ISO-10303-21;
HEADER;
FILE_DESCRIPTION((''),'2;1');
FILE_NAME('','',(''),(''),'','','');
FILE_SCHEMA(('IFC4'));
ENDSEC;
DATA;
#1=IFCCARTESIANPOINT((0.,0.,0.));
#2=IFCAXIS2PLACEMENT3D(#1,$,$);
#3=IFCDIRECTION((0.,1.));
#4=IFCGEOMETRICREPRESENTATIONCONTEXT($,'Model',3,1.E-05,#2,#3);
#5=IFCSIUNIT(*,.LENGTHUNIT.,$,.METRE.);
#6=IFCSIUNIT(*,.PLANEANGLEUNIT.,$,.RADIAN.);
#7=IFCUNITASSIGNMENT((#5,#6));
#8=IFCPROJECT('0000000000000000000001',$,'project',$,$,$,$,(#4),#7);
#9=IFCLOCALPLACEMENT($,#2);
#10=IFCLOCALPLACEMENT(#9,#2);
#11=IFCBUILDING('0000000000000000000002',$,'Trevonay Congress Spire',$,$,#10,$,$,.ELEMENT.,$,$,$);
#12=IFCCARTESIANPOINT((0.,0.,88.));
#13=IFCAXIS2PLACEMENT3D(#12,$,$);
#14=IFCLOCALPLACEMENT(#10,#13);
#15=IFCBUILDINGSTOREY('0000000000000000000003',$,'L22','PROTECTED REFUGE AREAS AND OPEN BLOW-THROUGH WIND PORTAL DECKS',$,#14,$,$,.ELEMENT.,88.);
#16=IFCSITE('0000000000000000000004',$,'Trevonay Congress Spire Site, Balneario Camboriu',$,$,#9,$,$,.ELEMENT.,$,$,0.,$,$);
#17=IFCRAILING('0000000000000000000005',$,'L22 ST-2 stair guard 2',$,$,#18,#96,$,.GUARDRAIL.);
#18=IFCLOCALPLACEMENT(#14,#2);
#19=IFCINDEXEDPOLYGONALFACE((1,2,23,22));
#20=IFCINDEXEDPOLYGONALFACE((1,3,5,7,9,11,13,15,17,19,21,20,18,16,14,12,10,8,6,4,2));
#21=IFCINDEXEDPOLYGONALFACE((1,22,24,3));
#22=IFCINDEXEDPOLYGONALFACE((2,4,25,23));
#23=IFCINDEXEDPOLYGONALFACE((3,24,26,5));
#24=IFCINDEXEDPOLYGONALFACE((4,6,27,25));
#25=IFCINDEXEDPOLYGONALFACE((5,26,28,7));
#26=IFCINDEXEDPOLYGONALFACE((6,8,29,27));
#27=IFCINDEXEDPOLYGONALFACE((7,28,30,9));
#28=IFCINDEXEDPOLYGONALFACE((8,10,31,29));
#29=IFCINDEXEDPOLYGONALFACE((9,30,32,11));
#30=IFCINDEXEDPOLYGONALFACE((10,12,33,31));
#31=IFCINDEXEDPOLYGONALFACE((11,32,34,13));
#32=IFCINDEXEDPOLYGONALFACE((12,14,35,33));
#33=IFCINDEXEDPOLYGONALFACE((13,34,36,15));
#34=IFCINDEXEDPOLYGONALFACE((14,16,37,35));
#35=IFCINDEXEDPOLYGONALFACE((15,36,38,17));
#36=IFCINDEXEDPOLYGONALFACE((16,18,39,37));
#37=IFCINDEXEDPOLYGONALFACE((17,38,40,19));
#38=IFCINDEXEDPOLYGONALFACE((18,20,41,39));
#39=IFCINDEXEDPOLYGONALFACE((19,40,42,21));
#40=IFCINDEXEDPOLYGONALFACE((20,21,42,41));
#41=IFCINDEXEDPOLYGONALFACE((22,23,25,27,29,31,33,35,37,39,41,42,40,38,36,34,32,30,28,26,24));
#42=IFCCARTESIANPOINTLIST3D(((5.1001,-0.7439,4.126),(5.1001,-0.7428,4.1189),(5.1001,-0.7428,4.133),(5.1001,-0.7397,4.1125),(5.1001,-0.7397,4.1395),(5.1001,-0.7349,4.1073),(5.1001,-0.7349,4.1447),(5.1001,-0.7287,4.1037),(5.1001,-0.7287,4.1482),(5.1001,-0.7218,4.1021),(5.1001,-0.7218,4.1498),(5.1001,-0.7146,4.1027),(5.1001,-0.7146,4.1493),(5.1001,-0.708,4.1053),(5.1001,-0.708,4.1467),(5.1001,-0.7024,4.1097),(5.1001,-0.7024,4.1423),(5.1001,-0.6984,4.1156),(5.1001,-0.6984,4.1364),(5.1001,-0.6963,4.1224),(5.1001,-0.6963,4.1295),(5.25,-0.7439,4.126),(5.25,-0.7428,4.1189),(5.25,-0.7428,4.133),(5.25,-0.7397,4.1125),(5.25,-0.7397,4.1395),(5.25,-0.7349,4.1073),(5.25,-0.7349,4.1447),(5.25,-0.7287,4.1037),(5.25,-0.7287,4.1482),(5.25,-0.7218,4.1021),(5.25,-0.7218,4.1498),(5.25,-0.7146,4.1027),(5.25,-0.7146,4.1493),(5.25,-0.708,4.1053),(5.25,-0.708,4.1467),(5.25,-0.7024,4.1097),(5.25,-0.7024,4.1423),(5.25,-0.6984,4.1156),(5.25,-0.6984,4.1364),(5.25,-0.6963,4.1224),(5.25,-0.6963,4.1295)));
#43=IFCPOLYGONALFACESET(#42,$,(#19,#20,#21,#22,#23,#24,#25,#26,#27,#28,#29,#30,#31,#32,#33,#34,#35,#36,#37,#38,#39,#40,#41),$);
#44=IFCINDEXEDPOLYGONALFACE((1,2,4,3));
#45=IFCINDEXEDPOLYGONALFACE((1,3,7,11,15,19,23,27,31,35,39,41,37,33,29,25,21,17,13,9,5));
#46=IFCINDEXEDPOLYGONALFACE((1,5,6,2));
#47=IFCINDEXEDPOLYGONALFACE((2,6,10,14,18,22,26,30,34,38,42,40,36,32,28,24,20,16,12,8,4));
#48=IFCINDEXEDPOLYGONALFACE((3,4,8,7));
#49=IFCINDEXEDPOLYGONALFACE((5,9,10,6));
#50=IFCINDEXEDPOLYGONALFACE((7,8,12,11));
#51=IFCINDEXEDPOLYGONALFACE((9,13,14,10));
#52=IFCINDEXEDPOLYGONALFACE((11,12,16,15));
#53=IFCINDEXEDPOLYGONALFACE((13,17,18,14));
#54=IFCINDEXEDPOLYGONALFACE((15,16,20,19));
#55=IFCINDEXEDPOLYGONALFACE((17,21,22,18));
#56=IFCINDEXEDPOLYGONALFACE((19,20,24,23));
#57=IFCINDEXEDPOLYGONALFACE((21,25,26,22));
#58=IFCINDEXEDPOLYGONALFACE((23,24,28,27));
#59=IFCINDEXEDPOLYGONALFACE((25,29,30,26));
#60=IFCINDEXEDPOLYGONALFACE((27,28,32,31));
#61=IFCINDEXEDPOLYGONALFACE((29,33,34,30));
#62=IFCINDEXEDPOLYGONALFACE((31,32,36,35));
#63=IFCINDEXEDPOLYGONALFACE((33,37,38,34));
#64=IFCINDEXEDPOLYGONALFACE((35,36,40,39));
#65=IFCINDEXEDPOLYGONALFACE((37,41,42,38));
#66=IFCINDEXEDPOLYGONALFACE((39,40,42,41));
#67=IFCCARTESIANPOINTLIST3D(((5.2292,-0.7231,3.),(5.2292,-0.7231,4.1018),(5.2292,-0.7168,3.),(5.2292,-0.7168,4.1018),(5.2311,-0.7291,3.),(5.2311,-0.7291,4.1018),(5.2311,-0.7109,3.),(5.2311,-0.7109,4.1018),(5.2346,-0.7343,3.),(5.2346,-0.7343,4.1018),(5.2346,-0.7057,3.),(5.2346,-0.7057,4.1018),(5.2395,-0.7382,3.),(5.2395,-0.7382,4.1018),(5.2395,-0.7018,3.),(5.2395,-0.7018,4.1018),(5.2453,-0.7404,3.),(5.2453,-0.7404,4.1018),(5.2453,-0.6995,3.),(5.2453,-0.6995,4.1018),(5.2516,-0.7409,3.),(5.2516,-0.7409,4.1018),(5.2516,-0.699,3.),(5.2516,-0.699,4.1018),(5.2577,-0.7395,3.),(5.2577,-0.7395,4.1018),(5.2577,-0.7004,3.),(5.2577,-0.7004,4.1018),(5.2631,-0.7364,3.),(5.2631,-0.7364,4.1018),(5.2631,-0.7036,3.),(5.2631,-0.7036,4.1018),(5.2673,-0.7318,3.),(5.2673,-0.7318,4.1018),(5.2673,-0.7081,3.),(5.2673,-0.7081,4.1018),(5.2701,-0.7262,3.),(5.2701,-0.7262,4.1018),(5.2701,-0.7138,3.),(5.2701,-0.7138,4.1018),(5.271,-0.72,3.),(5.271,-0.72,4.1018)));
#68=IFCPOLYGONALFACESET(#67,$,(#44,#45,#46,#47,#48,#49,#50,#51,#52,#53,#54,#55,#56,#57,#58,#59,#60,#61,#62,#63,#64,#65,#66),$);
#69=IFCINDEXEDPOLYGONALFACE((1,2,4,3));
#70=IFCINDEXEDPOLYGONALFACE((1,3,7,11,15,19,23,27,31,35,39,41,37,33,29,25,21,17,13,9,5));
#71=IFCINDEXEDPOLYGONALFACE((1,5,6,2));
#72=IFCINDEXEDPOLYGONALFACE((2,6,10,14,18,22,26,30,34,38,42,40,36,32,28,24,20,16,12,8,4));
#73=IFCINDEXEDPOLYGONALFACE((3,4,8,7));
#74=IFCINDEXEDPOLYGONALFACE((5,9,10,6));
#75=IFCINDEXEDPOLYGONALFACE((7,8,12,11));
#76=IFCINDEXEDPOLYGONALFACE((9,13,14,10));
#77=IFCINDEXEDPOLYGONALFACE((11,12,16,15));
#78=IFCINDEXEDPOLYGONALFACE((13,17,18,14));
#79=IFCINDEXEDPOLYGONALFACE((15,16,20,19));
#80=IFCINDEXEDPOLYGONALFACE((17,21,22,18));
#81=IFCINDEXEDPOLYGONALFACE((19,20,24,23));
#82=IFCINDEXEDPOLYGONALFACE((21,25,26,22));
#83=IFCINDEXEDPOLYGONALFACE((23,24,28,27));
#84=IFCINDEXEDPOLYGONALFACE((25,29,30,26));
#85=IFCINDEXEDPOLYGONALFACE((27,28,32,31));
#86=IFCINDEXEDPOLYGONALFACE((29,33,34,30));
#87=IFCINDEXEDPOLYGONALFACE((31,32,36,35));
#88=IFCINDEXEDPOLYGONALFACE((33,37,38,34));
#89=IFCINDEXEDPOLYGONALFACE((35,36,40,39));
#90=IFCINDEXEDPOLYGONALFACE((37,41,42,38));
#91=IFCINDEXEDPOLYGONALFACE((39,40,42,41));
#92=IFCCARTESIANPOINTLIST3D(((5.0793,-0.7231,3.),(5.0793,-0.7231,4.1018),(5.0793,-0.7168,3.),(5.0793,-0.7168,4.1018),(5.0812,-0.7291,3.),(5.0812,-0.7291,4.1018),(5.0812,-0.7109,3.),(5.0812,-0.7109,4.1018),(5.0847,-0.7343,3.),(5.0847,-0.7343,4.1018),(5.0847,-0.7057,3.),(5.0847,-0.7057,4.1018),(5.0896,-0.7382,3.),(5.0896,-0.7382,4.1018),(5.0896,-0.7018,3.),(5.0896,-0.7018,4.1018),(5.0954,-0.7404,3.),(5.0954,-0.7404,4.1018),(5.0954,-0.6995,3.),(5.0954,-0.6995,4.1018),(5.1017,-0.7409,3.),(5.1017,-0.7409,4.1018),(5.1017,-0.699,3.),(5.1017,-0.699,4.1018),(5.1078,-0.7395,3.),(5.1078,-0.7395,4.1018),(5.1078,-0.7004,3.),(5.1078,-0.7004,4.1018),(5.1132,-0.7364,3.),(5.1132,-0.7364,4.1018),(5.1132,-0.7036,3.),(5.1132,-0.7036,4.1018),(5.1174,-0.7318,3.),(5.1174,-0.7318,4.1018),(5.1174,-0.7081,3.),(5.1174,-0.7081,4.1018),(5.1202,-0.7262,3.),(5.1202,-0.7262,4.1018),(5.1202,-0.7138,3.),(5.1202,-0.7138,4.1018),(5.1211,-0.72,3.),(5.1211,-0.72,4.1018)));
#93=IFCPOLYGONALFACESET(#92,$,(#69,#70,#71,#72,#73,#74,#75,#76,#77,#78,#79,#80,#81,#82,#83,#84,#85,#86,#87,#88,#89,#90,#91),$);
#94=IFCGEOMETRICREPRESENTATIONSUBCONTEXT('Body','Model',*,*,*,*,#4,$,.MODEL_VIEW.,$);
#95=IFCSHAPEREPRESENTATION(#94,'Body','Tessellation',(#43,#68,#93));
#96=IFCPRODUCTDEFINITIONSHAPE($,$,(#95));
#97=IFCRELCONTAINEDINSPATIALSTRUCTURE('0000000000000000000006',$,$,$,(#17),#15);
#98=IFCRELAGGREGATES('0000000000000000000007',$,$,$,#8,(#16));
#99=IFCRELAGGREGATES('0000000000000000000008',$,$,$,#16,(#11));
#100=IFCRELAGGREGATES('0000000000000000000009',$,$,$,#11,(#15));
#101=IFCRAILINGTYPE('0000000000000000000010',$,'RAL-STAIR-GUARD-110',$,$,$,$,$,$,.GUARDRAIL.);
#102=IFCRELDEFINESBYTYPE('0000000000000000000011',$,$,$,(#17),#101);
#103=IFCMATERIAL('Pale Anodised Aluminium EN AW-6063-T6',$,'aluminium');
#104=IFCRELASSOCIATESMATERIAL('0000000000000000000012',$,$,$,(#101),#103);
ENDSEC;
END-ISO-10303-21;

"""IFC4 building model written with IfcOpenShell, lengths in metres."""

from ifc_helpers import new_model, si_unit, direction, frame, origin, origin_2d, place, context, subcontext, project, spatial, circle, extrude, material, type_object, element, save


model = new_model("IFC4")

# Units and contexts
model_context = context("Model", 3, precision=1e-05, world=origin(), true_north=direction((0.0, 1.0)))
body_context = subcontext(model_context, "Body", "Model", "MODEL_VIEW")
ifc_project = project(units=[si_unit("LENGTHUNIT", "METRE"), si_unit("PLANEANGLEUNIT", "RADIAN")], contexts=[model_context])

# Site, building, storey
site_placement = place(None, origin())
site = spatial("IfcSite", under=ifc_project, at=site_placement, Name="Trevonay Congress Spire Site, Balneario Camboriu", CompositionType="ELEMENT", RefElevation=0.0)
building_placement = place(site_placement, origin())
building = spatial("IfcBuilding", under=site, at=building_placement, Name="Trevonay Congress Spire", CompositionType="ELEMENT")
storey_placement = place(building_placement, frame((0.0, 0.0, 88.0)))
storey = spatial("IfcBuildingStorey", under=building, at=storey_placement, Name="L22", Description="PROTECTED REFUGE AREAS AND OPEN BLOW-THROUGH WIND PORTAL DECKS", CompositionType="ELEMENT", Elevation=88.0)

# Shared definitions
ifc_material_1 = material(Name="Pale Anodised Aluminium EN AW-6063-T6", Category="aluminium")

# Railing
railing_type_1 = type_object("IfcRailingType", Name="RAL-STAIR-GUARD-110", PredefinedType="GUARDRAIL", material=ifc_material_1)
railing_1_placement = place(storey_placement, frame((5.25, -0.72, 3.0)))
element("IfcRailing", 1, at=railing_1_placement, inside=storey, type_object=railing_type_1, Name="L22 ST-2 stair guard 2", PredefinedType="GUARDRAIL", context=body_context, shape_type="SweptSolid", body=[
    extrude(circle(Radius=0.0239, at=origin_2d()), frame((0.0, 0.0, 1.126), z_axis=(-1.0, 0.0, 0.0), x_axis=(0.0, -1.0, 0.0)), (0.0, 0.0, 1.0), 0.1499),
    extrude(circle(Radius=0.021, at=origin_2d()), origin(), (0.0, 0.0, 1.0), 1.1018),
    extrude(circle(Radius=0.021, at=origin_2d()), frame((-0.1499, 0.0, 0.0)), (0.0, 0.0, 1.0), 1.1018),
])

save(model, "model.ifc")
